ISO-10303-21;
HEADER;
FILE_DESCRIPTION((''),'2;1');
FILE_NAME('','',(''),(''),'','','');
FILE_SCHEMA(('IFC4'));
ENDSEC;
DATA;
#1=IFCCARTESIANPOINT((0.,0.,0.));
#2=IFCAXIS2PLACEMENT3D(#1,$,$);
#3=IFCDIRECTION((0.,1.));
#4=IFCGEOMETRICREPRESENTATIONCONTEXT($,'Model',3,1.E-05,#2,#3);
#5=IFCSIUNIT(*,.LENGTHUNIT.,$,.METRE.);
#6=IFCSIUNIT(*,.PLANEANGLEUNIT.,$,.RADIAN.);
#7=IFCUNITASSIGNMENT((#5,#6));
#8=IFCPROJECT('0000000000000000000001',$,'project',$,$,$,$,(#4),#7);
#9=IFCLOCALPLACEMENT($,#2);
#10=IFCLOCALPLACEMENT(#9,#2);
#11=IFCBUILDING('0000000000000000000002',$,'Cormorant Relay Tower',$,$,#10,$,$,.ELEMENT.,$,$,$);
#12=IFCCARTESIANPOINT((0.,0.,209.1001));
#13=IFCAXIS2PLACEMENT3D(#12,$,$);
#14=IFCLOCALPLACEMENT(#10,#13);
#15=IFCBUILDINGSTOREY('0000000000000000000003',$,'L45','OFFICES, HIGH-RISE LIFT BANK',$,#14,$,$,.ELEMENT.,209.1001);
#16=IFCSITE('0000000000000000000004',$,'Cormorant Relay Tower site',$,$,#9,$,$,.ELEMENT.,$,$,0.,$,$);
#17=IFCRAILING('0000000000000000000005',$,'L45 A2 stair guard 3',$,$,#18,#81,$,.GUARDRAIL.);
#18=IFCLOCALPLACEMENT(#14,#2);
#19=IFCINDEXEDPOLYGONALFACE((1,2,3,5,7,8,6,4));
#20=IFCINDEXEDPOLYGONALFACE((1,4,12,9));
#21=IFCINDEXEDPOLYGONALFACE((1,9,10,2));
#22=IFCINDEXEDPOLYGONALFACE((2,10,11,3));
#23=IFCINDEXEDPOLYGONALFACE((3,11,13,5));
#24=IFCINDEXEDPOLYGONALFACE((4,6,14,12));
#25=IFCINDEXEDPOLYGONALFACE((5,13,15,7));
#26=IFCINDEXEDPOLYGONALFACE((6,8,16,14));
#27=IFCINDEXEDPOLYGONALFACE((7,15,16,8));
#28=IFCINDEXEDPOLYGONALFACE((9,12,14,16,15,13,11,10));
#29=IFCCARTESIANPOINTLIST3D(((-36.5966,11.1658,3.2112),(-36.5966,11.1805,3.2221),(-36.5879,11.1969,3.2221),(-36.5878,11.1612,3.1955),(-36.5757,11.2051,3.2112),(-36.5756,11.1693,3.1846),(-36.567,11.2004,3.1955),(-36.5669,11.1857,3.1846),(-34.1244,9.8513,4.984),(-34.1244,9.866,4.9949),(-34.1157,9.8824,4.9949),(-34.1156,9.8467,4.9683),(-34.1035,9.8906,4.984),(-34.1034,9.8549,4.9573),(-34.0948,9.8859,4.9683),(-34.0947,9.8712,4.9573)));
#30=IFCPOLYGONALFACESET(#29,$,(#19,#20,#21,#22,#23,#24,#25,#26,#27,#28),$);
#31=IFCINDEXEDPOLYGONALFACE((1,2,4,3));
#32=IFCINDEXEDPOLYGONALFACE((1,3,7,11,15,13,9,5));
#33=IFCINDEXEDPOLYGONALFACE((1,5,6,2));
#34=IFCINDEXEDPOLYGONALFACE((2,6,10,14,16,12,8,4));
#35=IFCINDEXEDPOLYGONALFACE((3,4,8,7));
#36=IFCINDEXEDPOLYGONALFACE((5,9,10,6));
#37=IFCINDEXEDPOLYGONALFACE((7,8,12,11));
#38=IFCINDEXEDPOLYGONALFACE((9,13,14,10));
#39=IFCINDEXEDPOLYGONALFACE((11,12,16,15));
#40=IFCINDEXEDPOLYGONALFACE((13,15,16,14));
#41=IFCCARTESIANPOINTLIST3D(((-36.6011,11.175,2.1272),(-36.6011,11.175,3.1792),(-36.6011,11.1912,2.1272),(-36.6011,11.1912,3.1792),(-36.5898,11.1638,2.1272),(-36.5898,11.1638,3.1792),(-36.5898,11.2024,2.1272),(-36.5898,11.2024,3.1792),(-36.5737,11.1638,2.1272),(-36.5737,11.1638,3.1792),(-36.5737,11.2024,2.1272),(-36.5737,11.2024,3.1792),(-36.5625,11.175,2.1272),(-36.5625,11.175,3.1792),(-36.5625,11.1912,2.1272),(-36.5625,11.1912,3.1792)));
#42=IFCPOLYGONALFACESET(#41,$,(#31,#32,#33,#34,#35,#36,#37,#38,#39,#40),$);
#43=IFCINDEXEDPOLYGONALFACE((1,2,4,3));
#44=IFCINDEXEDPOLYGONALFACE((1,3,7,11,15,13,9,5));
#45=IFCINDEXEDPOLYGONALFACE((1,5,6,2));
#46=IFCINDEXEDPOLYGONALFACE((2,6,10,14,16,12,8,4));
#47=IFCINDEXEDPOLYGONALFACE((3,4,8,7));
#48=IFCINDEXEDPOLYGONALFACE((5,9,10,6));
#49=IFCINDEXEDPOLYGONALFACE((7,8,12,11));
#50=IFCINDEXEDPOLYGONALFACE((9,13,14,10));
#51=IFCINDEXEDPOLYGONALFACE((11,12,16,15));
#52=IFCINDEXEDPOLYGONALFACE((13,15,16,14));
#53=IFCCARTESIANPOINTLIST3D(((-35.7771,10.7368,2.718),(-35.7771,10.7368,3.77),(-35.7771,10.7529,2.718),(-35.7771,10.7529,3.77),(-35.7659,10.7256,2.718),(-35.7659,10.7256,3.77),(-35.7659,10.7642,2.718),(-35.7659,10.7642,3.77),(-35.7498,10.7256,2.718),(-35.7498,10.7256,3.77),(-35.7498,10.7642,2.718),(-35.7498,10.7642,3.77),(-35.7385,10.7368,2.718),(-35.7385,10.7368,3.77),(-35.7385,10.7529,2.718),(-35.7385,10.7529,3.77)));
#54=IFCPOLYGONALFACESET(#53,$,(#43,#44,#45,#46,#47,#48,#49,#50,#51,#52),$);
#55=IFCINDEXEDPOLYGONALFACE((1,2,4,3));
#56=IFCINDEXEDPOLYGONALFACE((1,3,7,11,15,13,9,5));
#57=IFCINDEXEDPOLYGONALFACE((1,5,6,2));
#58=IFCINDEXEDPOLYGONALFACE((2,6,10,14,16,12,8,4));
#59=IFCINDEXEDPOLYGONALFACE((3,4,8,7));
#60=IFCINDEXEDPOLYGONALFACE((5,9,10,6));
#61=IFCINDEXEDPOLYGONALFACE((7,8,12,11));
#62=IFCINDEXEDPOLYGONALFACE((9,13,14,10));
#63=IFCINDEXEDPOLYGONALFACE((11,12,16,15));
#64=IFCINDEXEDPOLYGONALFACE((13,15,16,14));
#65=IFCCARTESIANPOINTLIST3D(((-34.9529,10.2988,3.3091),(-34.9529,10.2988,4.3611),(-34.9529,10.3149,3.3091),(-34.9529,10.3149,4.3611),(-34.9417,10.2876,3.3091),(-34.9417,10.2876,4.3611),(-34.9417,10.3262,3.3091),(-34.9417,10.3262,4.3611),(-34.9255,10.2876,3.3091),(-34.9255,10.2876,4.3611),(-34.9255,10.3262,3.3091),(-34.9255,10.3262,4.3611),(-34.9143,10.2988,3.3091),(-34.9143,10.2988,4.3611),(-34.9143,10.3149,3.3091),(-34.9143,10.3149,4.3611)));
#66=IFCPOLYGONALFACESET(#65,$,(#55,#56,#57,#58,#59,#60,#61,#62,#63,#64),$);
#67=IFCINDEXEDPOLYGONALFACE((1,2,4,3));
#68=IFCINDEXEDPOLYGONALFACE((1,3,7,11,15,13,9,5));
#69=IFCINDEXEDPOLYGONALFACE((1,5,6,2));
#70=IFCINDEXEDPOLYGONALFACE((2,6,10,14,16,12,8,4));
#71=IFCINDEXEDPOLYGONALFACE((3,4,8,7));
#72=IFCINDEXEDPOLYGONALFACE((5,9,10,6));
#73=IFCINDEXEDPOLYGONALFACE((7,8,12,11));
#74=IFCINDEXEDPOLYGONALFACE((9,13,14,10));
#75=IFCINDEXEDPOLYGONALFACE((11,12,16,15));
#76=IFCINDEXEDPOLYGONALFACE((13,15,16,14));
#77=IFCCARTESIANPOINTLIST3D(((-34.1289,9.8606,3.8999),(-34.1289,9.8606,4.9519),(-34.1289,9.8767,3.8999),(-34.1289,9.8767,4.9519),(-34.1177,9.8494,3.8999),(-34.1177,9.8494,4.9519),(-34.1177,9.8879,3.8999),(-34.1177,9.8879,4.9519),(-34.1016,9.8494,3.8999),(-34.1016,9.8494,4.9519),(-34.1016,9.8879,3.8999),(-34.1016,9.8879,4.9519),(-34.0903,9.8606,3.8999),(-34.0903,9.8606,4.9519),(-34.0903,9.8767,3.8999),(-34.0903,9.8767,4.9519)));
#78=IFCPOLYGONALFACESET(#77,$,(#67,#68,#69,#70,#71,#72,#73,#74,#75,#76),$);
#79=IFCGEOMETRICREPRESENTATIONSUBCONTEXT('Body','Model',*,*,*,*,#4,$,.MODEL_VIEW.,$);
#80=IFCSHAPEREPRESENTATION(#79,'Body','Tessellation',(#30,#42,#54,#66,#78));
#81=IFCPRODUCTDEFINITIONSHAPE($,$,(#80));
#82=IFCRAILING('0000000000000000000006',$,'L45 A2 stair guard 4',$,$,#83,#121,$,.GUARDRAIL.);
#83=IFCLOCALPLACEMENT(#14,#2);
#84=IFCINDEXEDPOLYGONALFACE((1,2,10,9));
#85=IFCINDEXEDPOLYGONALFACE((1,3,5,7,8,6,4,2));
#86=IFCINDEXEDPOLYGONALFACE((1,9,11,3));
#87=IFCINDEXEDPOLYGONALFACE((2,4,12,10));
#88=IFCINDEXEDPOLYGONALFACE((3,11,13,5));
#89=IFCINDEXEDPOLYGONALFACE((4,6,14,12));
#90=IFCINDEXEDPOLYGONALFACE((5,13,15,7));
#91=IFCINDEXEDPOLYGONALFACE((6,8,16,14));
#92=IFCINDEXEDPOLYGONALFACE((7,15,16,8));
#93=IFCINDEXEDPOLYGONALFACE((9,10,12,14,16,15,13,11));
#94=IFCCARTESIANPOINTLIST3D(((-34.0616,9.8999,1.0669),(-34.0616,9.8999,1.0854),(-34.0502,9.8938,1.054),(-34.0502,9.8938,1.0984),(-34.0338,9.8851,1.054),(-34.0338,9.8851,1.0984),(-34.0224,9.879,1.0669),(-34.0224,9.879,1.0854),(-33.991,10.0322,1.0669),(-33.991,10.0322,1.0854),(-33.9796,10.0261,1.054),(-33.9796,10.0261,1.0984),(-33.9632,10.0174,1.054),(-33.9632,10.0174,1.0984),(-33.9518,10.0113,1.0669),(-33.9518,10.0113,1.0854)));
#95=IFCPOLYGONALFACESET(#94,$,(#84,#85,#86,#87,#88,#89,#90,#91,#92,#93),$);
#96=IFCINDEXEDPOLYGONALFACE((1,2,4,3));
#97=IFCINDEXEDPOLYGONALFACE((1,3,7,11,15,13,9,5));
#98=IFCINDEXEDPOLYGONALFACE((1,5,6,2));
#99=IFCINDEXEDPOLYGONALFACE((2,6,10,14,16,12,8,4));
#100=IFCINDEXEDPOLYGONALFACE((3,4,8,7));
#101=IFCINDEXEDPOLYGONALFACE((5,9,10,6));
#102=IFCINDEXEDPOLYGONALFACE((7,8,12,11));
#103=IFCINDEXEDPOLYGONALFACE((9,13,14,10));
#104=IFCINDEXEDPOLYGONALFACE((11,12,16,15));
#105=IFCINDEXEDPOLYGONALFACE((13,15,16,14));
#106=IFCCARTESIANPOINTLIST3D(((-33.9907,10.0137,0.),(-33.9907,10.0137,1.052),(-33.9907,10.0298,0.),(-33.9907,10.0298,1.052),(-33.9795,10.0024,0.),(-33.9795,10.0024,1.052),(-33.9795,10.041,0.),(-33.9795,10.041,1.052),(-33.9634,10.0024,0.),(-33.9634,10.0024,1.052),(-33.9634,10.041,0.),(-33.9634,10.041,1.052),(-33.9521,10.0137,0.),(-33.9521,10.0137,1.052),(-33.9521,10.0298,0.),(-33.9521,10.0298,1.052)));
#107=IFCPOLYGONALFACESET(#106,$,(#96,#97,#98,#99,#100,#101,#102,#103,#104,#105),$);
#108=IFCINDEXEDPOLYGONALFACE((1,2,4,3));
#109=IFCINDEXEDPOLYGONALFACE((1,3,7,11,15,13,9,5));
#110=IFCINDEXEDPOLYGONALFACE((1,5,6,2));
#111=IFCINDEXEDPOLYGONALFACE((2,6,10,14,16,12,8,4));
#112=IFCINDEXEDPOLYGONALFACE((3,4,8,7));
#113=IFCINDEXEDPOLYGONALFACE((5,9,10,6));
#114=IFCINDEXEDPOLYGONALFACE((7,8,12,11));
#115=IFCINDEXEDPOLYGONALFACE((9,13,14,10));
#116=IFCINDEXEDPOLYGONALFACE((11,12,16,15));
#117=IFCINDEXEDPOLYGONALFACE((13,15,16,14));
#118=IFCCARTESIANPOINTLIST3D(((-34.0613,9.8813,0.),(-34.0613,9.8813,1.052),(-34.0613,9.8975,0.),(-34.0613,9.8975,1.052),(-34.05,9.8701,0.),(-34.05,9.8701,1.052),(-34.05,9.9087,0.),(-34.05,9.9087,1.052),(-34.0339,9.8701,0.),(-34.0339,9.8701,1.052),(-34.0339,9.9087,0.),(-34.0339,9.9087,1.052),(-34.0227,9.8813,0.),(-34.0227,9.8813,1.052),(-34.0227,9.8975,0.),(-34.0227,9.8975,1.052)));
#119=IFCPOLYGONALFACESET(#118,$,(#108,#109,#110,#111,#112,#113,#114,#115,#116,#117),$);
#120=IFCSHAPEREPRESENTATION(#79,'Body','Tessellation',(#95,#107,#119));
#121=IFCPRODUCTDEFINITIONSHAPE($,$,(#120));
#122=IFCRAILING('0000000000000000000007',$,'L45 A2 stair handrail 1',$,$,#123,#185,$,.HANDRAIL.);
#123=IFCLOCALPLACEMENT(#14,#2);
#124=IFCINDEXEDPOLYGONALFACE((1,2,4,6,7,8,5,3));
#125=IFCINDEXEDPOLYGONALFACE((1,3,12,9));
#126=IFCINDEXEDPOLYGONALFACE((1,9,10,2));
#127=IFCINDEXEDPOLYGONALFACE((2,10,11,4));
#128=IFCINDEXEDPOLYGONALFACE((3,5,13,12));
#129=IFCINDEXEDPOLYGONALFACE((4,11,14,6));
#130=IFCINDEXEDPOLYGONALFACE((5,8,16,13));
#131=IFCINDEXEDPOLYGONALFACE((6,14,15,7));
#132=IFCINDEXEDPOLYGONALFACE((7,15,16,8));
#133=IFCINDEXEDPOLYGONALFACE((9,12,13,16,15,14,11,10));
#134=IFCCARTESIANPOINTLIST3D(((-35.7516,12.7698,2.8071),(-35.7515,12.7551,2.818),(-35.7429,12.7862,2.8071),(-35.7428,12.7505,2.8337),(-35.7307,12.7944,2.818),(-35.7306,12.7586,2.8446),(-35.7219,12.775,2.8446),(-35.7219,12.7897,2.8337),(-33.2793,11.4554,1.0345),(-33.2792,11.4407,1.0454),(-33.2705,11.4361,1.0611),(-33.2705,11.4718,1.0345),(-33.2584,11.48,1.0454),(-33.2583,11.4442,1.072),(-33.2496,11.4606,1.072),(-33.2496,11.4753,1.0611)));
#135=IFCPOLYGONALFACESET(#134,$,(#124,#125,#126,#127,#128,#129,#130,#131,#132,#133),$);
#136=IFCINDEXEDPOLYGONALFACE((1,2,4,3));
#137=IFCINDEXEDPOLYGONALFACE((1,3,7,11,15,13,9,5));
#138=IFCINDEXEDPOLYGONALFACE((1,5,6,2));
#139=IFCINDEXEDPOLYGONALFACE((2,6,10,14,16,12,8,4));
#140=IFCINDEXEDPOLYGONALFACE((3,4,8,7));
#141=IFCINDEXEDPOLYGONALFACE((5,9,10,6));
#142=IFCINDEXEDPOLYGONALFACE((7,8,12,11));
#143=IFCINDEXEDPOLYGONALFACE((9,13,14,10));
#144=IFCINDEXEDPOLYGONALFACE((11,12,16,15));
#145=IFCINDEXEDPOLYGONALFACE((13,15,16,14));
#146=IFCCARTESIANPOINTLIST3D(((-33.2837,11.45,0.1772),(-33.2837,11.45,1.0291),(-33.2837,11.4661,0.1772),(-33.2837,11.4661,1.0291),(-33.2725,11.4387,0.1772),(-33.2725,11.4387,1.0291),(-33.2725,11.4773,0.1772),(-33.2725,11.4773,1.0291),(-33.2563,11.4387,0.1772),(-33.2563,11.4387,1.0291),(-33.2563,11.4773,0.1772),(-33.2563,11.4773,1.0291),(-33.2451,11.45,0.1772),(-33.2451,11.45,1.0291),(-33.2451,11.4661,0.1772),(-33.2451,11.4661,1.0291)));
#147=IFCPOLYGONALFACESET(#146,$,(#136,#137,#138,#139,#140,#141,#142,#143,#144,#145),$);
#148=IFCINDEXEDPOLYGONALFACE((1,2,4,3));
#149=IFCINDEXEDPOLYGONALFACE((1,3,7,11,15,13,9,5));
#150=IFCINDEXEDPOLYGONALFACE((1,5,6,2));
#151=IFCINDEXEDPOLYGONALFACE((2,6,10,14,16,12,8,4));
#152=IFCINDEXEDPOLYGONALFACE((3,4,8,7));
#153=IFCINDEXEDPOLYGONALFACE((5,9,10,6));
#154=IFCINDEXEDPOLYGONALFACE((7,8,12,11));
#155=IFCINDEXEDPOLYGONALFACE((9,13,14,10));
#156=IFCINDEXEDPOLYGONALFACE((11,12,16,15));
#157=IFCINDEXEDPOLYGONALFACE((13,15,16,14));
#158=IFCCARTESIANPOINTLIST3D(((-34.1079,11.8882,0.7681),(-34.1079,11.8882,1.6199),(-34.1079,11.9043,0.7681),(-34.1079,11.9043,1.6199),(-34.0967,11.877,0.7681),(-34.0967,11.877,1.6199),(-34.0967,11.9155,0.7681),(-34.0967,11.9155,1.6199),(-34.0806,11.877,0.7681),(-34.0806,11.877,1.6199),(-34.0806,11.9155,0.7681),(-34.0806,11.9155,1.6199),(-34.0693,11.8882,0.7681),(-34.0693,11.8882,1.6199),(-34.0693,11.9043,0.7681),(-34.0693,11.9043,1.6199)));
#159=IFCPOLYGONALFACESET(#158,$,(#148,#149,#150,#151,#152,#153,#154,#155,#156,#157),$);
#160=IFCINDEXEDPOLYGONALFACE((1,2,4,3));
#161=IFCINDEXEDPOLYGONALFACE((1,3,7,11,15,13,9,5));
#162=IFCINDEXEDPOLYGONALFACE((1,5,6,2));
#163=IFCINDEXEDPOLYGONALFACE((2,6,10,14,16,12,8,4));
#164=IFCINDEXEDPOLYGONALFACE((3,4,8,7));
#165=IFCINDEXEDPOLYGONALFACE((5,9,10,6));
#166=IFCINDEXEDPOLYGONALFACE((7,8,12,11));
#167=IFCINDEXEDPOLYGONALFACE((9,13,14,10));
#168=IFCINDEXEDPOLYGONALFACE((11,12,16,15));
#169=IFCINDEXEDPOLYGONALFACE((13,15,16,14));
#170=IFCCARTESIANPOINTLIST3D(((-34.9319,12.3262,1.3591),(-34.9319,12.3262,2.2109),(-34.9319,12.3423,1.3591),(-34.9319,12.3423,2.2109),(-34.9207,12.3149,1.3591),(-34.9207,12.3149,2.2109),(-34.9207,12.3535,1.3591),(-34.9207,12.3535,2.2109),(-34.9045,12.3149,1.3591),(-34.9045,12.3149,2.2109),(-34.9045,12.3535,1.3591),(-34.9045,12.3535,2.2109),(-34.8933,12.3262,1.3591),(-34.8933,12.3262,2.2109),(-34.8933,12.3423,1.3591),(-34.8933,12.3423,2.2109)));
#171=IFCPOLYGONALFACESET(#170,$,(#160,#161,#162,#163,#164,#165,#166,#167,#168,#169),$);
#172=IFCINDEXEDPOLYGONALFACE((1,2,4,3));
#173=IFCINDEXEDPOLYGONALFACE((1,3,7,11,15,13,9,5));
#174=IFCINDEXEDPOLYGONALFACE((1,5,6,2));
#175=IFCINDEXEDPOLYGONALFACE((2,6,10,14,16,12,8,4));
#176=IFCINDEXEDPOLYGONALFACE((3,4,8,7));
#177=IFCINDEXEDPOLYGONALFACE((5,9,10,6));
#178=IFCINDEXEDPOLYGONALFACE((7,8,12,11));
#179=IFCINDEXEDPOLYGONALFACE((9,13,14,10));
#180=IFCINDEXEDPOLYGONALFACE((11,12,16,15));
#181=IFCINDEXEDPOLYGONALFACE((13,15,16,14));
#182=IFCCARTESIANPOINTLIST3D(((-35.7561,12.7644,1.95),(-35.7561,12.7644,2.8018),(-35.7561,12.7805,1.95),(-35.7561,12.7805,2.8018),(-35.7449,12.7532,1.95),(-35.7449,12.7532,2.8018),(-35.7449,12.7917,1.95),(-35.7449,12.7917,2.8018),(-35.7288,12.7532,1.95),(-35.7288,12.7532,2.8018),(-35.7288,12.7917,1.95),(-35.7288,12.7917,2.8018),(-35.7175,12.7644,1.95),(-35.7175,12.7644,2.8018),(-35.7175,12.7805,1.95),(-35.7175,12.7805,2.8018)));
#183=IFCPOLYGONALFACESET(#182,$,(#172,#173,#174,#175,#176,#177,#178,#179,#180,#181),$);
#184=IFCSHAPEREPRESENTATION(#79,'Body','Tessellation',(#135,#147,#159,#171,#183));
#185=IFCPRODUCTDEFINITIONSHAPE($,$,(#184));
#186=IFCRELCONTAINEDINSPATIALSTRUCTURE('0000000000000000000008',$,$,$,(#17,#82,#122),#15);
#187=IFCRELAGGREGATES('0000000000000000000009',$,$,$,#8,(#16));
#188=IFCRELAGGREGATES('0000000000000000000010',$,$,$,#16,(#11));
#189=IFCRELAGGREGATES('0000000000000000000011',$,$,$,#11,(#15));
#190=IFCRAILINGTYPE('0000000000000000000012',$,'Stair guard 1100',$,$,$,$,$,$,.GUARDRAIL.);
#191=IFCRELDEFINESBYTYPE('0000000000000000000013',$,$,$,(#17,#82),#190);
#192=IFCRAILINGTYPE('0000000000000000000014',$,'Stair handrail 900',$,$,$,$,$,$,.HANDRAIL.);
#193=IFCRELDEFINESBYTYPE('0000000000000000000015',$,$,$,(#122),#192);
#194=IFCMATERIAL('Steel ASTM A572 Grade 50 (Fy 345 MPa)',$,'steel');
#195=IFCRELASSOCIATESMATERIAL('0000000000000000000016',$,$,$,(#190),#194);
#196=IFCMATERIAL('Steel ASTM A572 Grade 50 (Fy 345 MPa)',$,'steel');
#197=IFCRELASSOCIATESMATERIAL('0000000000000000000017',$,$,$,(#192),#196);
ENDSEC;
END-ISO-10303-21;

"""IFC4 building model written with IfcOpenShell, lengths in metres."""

from ifc_helpers import new_model, si_unit, direction, frame, origin, place, context, subcontext, project, spatial, polyline, outline, extrude, material, type_object, element, save


model = new_model("IFC4")

# Units and contexts
model_context = context("Model", 3, precision=1e-05, world=origin(), true_north=direction((0.0, 1.0)))
body_context = subcontext(model_context, "Body", "Model", "MODEL_VIEW")
ifc_project = project(units=[si_unit("LENGTHUNIT", "METRE"), si_unit("PLANEANGLEUNIT", "RADIAN")], contexts=[model_context])

# Site, building, storey
site_placement = place(None, origin())
site = spatial("IfcSite", under=ifc_project, at=site_placement, Name="Cormorant Relay Tower site", CompositionType="ELEMENT", RefElevation=0.0)
building_placement = place(site_placement, origin())
building = spatial("IfcBuilding", under=site, at=building_placement, Name="Cormorant Relay Tower", CompositionType="ELEMENT")
storey_placement = place(building_placement, frame((0.0, 0.0, 209.1001)))
storey = spatial("IfcBuildingStorey", under=building, at=storey_placement, Name="L45", Description="OFFICES, HIGH-RISE LIFT BANK", CompositionType="ELEMENT", Elevation=209.1001)

# Railings
ifc_material_1 = material(Name="Steel ASTM A572 Grade 50 (Fy 345 MPa)", Category="steel")
railing_type_1 = type_object("IfcRailingType", Name="Stair guard 1100", PredefinedType="GUARDRAIL", material=ifc_material_1)
railing_1_placement = place(storey_placement, frame((-36.5818, 11.1831, 2.1272)))
element("IfcRailing", 1, at=railing_1_placement, inside=storey, type_object=railing_type_1, Name="L45 A2 stair guard 3", PredefinedType="GUARDRAIL", context=body_context, shape_type="SweptSolid", body=[
    extrude(outline(polyline([(0.0222, 0.0093), (0.0093, 0.0222), (-0.0093, 0.0222), (-0.0222, 0.0093), (-0.0222, -0.0093), (-0.0093, -0.0222), (0.0093, -0.0222), (0.0222, -0.0093), (0.0222, 0.0093)])), frame((0.0, 0.0, 1.0762), z_axis=(0.746001, -0.396649, 0.534931), x_axis=(0.469465, 0.882951, 0.0)), (0.0, 0.0, 1.0), 3.314),
    extrude(outline(polyline([(0.0193, 0.0081), (0.0081, 0.0193), (-0.0081, 0.0193), (-0.0193, 0.0081), (-0.0193, -0.0081), (-0.0081, -0.0193), (0.0081, -0.0193), (0.0193, -0.0081), (0.0193, 0.0081)])), origin(), (0.0, 0.0, 1.0), 1.052),
    extrude(outline(polyline([(0.0193, 0.0081), (0.0081, 0.0193), (-0.0081, 0.0193), (-0.0193, 0.0081), (-0.0193, -0.0081), (-0.0081, -0.0193), (0.0081, -0.0193), (0.0193, -0.0081), (0.0193, 0.0081)])), frame((0.824, -0.4382, 0.5908)), (0.0, 0.0, 1.0), 1.052),
    extrude(outline(polyline([(0.0193, 0.0081), (0.0081, 0.0193), (-0.0081, 0.0193), (-0.0193, 0.0081), (-0.0193, -0.0081), (-0.0081, -0.0193), (0.0081, -0.0193), (0.0193, -0.0081), (0.0193, 0.0081)])), frame((1.6482, -0.8762, 1.1819)), (0.0, 0.0, 1.0), 1.052),
    extrude(outline(polyline([(0.0193, 0.0081), (0.0081, 0.0193), (-0.0081, 0.0193), (-0.0193, 0.0081), (-0.0193, -0.0081), (-0.0081, -0.0193), (0.0081, -0.0193), (0.0193, -0.0081), (0.0193, 0.0081)])), frame((2.4722, -1.3145, 1.7727)), (0.0, 0.0, 1.0), 1.052),
])
railing_2_placement = place(storey_placement, frame((-33.9714, 10.0217, 0.0)))
element("IfcRailing", 2, at=railing_2_placement, inside=storey, type_object=railing_type_1, Name="L45 A2 stair guard 4", PredefinedType="GUARDRAIL", context=body_context, shape_type="SweptSolid", body=[
    extrude(outline(polyline([(0.0222, 0.0093), (0.0093, 0.0222), (-0.0093, 0.0222), (-0.0222, 0.0093), (-0.0222, -0.0093), (-0.0093, -0.0222), (0.0093, -0.0222), (0.0222, -0.0093), (0.0222, 0.0093)])), frame((0.0, 0.0, 1.0762), z_axis=(-0.470504, -0.882398, 0.0), x_axis=(0.882398, -0.470504, 0.0)), (0.0, 0.0, 1.0), 0.1499),
    extrude(outline(polyline([(0.0193, 0.0081), (0.0081, 0.0193), (-0.0081, 0.0193), (-0.0193, 0.0081), (-0.0193, -0.0081), (-0.0081, -0.0193), (0.0081, -0.0193), (0.0193, -0.0081), (0.0193, 0.0081)])), origin(), (0.0, 0.0, 1.0), 1.052),
    extrude(outline(polyline([(0.0193, 0.0081), (0.0081, 0.0193), (-0.0081, 0.0193), (-0.0193, 0.0081), (-0.0193, -0.0081), (-0.0081, -0.0193), (0.0081, -0.0193), (0.0193, -0.0081), (0.0193, 0.0081)])), frame((-0.0706, -0.1323, 0.0)), (0.0, 0.0, 1.0), 1.052),
])
ifc_material_2 = material(Name="Steel ASTM A572 Grade 50 (Fy 345 MPa)", Category="steel")
railing_type_2 = type_object("IfcRailingType", Name="Stair handrail 900", PredefinedType="HANDRAIL", material=ifc_material_2)
railing_3_placement = place(storey_placement, frame((-33.2644, 11.458, 0.1772)))
element("IfcRailing", 3, at=railing_3_placement, inside=storey, type_object=railing_type_2, Name="L45 A2 stair handrail 1", PredefinedType="HANDRAIL", context=body_context, shape_type="SweptSolid", body=[
    extrude(outline(polyline([(0.0222, 0.0093), (0.0093, 0.0222), (-0.0093, 0.0222), (-0.0222, 0.0093), (-0.0222, -0.0093), (-0.0093, -0.0222), (0.0093, -0.0222), (0.0222, -0.0093), (0.0222, 0.0093)])), frame((0.0, 0.0, 0.876), z_axis=(-0.746034, 0.396627, 0.534902), x_axis=(-0.469429, -0.88297, 0.0)), (0.0, 0.0, 1.0), 3.314),
    extrude(outline(polyline([(0.0193, 0.0081), (0.0081, 0.0193), (-0.0081, 0.0193), (-0.0193, 0.0081), (-0.0193, -0.0081), (-0.0081, -0.0193), (0.0081, -0.0193), (0.0193, -0.0081), (0.0193, 0.0081)])), origin(), (0.0, 0.0, 1.0), 0.8518),
    extrude(outline(polyline([(0.0193, 0.0081), (0.0081, 0.0193), (-0.0081, 0.0193), (-0.0193, 0.0081), (-0.0193, -0.0081), (-0.0081, -0.0193), (0.0081, -0.0193), (0.0193, -0.0081), (0.0193, 0.0081)])), frame((-0.8242, 0.4382, 0.5908)), (0.0, 0.0, 1.0), 0.8518),
    extrude(outline(polyline([(0.0193, 0.0081), (0.0081, 0.0193), (-0.0081, 0.0193), (-0.0193, 0.0081), (-0.0193, -0.0081), (-0.0081, -0.0193), (0.0081, -0.0193), (0.0193, -0.0081), (0.0193, 0.0081)])), frame((-1.6482, 0.8762, 1.1819)), (0.0, 0.0, 1.0), 0.8518),
    extrude(outline(polyline([(0.0193, 0.0081), (0.0081, 0.0193), (-0.0081, 0.0193), (-0.0193, 0.0081), (-0.0193, -0.0081), (-0.0081, -0.0193), (0.0081, -0.0193), (0.0193, -0.0081), (0.0193, 0.0081)])), frame((-2.4724, 1.3145, 1.7727)), (0.0, 0.0, 1.0), 0.8518),
])

save(model, "model.ifc")
